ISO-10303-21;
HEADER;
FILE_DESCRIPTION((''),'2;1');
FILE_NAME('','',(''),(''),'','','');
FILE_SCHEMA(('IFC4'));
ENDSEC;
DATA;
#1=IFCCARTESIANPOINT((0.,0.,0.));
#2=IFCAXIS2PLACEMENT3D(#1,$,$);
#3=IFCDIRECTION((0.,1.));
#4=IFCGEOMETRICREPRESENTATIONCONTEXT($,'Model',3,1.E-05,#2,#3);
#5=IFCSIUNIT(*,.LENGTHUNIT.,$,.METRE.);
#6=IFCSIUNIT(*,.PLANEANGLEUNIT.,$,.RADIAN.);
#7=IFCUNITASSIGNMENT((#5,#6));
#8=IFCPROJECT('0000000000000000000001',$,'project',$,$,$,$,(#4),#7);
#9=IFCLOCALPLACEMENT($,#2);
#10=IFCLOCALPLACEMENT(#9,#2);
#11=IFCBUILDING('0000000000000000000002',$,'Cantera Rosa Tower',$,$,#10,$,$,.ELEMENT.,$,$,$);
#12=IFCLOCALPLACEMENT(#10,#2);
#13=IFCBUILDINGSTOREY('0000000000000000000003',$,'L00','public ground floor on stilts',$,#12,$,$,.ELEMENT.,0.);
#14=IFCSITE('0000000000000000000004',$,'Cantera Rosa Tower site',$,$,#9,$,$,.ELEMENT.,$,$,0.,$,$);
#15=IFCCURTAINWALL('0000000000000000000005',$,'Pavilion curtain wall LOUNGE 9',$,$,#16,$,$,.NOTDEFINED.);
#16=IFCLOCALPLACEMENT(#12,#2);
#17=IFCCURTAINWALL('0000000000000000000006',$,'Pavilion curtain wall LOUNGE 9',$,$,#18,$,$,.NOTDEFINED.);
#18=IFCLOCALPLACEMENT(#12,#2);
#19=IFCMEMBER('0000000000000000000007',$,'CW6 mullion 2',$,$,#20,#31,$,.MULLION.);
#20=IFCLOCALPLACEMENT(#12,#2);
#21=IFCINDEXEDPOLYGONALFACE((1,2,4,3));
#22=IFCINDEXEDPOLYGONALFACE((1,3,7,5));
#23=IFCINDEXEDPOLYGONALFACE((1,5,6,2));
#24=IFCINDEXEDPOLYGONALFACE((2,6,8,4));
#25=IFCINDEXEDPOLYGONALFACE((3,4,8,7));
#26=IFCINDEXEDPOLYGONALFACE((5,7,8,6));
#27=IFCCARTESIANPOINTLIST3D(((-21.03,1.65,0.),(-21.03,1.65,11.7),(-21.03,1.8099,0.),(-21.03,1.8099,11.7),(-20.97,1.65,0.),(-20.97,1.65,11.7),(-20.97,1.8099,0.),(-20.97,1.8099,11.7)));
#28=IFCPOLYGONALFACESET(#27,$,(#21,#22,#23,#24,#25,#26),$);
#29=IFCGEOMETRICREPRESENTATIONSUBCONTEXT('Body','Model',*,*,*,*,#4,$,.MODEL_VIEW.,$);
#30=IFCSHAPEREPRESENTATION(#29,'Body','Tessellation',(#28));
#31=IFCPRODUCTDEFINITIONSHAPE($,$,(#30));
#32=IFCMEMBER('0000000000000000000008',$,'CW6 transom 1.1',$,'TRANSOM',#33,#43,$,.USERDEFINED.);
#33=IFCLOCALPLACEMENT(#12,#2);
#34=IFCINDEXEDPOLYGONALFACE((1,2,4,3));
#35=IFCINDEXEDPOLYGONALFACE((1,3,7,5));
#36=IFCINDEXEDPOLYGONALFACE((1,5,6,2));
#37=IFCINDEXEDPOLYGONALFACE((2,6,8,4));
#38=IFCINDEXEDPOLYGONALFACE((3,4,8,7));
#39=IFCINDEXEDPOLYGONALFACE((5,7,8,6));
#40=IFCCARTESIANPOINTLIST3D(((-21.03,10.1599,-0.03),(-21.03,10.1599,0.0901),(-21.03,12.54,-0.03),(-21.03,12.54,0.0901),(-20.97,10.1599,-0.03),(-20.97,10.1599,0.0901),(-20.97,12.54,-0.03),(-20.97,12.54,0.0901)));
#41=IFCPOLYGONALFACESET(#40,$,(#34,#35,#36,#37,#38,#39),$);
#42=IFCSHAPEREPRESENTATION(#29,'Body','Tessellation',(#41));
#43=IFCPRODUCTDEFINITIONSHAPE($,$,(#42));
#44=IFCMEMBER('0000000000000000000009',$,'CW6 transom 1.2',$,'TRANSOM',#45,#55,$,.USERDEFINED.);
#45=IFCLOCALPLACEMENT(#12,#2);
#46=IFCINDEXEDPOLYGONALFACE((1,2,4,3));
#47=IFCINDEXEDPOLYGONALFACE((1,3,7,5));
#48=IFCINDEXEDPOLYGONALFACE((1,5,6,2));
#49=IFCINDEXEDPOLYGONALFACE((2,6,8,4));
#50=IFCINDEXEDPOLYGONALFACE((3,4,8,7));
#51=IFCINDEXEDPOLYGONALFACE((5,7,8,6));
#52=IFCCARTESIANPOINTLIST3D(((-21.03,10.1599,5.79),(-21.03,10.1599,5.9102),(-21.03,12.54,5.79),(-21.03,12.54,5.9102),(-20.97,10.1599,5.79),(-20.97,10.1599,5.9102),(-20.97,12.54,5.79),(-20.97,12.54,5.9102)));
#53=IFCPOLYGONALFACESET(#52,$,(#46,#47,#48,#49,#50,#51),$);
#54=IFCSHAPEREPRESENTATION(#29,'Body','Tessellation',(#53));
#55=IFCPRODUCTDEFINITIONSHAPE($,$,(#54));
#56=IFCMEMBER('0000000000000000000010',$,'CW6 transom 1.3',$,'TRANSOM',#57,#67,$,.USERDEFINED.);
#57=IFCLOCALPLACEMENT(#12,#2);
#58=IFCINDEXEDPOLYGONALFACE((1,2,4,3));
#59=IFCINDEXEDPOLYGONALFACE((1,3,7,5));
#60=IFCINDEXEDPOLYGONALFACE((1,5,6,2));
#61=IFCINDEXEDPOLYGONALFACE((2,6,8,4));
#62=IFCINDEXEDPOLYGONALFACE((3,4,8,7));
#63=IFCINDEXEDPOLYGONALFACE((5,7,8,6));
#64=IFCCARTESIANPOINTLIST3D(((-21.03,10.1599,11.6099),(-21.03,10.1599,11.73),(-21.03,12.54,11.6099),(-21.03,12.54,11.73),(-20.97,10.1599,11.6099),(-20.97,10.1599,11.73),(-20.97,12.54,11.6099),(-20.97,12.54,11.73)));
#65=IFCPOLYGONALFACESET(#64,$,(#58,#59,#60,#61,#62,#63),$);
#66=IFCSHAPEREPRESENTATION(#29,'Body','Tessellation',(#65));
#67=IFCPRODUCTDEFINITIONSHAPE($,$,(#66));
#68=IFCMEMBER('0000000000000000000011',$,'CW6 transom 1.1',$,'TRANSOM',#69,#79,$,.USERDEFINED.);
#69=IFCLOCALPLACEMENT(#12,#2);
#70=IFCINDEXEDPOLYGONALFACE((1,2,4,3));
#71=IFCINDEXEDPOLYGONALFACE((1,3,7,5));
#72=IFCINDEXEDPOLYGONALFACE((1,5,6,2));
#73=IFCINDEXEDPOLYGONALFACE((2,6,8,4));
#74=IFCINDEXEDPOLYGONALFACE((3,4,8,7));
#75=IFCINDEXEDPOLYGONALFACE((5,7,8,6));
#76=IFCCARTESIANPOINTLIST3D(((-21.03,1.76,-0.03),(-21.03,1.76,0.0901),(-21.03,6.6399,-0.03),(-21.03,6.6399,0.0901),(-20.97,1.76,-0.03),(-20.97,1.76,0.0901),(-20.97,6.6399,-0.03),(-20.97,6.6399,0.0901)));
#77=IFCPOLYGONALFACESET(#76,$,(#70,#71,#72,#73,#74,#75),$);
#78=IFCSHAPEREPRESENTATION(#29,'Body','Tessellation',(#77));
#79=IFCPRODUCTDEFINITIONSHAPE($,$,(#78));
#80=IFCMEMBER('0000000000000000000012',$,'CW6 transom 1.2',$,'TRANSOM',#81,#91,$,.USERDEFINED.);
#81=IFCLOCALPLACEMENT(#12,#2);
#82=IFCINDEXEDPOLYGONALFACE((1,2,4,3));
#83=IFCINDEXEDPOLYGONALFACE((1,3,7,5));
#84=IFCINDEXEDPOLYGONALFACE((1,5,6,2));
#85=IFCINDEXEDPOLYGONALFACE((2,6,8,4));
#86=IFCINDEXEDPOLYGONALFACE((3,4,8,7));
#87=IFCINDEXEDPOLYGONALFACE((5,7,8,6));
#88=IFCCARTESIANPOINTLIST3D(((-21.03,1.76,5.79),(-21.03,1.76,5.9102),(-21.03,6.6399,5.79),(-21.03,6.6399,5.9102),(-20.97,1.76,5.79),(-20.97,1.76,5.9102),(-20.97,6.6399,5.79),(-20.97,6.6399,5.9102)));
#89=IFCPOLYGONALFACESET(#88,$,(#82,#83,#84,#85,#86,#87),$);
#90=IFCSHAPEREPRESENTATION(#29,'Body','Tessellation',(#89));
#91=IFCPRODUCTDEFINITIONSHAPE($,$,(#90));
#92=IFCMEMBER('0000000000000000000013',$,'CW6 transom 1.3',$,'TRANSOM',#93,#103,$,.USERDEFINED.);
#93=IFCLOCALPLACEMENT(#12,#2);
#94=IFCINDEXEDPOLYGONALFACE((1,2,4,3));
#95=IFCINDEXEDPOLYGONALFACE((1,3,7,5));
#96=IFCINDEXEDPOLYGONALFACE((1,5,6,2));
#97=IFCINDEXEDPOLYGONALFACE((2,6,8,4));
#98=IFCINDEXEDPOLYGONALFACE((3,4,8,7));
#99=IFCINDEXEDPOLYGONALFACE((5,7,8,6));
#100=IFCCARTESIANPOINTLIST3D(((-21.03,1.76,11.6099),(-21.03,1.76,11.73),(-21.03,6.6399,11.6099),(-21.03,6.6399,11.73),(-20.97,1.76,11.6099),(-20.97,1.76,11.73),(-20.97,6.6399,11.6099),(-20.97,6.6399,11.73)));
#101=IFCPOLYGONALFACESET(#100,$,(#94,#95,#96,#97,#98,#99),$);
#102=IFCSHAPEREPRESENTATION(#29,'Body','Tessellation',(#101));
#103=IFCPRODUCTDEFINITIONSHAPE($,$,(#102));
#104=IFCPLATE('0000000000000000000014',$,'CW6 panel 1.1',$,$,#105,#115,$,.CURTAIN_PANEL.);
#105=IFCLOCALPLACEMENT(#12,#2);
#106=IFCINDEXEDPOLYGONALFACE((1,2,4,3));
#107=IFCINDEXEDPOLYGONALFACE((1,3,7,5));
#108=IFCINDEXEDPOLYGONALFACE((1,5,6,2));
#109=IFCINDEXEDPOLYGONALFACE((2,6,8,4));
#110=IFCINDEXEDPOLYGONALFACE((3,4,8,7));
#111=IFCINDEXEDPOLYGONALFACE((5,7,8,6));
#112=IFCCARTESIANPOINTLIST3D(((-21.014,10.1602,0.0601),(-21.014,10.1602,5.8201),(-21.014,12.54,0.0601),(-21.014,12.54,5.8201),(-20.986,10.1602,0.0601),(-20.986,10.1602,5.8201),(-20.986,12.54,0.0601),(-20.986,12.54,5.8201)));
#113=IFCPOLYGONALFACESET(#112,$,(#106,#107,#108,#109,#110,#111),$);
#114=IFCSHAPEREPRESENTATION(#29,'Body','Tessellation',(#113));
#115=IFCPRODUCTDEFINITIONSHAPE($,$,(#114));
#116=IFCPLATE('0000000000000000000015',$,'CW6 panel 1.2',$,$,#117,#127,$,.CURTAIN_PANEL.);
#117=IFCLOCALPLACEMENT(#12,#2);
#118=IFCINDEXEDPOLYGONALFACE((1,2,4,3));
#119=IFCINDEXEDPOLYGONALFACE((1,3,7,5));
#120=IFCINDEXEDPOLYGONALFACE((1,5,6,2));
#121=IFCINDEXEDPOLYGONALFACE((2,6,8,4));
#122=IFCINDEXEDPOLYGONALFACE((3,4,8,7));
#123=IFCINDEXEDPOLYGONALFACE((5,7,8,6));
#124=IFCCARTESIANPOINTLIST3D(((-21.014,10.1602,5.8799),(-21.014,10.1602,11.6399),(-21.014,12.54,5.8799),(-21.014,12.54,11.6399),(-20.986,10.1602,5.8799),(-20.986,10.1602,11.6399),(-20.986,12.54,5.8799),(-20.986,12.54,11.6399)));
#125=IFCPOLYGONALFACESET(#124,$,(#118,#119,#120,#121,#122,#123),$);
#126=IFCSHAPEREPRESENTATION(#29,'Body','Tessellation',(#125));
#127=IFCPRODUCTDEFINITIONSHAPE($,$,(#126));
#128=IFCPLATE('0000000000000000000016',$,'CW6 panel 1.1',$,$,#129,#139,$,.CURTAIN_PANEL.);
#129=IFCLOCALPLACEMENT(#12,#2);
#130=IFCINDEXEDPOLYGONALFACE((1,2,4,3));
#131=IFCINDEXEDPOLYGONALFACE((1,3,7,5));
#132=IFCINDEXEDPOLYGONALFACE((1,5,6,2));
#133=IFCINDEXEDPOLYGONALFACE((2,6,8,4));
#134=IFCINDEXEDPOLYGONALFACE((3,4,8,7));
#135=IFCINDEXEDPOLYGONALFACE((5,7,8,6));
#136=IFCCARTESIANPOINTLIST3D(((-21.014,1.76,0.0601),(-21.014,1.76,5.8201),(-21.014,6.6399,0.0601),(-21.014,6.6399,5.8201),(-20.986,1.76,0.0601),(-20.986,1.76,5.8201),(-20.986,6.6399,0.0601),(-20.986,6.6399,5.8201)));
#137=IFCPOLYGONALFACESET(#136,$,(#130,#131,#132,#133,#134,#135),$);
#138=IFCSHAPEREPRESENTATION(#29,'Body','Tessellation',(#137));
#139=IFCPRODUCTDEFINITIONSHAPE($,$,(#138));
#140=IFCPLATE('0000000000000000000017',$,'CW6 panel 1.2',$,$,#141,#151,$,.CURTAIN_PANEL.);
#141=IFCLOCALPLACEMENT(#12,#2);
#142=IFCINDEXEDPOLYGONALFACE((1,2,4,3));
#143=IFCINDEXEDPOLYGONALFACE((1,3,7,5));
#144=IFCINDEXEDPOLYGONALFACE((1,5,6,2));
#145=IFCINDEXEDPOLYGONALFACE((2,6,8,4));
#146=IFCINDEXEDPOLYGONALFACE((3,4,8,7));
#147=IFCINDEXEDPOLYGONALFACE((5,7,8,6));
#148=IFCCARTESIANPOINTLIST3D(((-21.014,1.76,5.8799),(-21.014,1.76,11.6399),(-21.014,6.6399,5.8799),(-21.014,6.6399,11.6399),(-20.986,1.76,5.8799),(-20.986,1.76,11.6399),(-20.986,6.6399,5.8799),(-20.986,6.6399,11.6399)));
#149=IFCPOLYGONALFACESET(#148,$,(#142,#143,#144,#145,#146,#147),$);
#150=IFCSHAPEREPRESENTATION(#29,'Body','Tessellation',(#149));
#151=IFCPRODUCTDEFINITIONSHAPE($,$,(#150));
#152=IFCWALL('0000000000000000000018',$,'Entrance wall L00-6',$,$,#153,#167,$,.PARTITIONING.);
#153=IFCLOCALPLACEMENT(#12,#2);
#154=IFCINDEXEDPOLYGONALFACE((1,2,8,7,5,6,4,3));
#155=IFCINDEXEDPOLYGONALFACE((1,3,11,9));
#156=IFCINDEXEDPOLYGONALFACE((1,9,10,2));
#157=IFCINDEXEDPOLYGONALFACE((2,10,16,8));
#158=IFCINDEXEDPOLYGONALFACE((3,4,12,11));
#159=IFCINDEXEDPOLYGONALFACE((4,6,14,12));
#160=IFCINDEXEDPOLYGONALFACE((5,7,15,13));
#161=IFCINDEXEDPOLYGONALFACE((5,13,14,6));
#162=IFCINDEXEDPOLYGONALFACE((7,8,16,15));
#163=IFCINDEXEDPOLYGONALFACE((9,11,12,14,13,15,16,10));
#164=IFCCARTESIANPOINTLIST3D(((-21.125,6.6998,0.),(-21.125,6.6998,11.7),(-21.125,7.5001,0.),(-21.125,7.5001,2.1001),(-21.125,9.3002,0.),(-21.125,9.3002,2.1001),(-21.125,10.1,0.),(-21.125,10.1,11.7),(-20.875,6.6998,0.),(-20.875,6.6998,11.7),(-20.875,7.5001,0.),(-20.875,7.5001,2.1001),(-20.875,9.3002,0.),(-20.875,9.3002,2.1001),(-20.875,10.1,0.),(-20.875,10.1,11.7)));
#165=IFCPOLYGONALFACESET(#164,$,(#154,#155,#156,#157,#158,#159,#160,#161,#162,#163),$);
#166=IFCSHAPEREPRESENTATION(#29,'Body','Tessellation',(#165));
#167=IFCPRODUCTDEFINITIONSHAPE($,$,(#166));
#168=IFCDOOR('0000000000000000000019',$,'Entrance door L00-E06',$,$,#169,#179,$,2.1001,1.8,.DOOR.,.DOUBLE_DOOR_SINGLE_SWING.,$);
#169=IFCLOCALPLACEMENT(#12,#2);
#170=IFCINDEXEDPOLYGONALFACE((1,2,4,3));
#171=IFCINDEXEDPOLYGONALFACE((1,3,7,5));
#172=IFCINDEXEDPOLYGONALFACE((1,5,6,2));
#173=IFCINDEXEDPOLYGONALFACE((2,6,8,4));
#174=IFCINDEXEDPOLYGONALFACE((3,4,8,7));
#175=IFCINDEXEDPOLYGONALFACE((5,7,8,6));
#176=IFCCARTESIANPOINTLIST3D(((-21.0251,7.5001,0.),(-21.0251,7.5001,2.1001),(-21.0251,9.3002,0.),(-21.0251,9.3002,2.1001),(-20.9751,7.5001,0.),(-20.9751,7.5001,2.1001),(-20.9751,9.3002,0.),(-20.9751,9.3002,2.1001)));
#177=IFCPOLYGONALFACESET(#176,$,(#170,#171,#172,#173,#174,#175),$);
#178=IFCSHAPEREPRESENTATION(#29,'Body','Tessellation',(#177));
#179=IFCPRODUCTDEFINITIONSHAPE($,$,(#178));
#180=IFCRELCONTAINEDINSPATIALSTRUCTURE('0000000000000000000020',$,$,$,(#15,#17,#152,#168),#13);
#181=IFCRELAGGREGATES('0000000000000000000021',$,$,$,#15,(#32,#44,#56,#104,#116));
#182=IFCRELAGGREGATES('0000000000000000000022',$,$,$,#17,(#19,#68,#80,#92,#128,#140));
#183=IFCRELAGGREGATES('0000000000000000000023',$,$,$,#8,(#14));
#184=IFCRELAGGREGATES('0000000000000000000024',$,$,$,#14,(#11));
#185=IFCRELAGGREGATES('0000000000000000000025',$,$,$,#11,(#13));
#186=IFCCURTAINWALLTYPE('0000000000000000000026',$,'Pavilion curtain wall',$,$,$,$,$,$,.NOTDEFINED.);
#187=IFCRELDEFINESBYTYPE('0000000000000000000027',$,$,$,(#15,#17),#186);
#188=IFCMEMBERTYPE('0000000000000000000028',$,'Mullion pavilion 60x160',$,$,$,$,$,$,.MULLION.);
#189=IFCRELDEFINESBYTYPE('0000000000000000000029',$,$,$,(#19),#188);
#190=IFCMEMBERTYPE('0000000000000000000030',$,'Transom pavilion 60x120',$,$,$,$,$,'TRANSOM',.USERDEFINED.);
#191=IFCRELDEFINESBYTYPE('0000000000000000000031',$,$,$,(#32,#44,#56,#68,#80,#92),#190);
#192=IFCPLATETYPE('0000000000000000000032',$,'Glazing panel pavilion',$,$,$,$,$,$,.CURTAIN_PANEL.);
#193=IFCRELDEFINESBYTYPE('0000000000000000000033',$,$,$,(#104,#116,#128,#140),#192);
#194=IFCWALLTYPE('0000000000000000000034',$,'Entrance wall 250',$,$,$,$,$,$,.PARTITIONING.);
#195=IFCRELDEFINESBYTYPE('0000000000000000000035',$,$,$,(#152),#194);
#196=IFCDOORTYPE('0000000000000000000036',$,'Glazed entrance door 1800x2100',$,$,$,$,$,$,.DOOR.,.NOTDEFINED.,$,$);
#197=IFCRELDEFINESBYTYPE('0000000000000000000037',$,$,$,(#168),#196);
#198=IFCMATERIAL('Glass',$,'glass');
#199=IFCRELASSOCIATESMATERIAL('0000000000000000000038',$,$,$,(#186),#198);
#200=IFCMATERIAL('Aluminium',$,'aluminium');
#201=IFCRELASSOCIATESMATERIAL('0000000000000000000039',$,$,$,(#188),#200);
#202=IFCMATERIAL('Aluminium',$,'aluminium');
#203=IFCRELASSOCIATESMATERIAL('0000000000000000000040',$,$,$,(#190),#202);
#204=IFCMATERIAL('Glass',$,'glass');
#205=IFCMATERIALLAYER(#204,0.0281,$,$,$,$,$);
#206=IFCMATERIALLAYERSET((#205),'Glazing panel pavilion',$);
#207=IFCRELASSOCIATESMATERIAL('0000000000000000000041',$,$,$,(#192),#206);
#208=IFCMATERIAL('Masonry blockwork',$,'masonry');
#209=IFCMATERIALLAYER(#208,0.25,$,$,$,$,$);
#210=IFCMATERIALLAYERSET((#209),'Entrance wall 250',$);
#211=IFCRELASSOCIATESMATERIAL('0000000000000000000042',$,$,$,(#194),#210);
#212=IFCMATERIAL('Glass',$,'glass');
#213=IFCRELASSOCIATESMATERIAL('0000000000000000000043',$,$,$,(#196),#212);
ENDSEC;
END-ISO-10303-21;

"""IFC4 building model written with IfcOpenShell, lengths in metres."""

from ifc_helpers import new_model, si_unit, direction, frame, frame_2d, origin, origin_2d, place, context, subcontext, project, spatial, rectangle, extrude, material, layer, layer_set, material_profile, profile_set, type_object, element, fill, aggregate, save


model = new_model("IFC4")

# Units and contexts
model_context = context("Model", 3, precision=1e-05, world=origin(), true_north=direction((0.0, 1.0)))
body_context = subcontext(model_context, "Body", "Model", "MODEL_VIEW")
ifc_project = project(units=[si_unit("LENGTHUNIT", "METRE"), si_unit("PLANEANGLEUNIT", "RADIAN")], contexts=[model_context])

# Site, building, storey
site_placement = place(None, origin())
site = spatial("IfcSite", under=ifc_project, at=site_placement, Name="Cantera Rosa Tower site", CompositionType="ELEMENT", RefElevation=0.0)
building_placement = place(site_placement, origin())
building = spatial("IfcBuilding", under=site, at=building_placement, Name="Cantera Rosa Tower", CompositionType="ELEMENT")
storey_placement = place(building_placement, origin())
storey = spatial("IfcBuildingStorey", under=building, at=storey_placement, Name="L00", Description="public ground floor on stilts", CompositionType="ELEMENT", Elevation=0.0)

# Shared definitions
ifc_material_1 = material(Name="Glass", Category="glass")
curtain_wall_type = type_object("IfcCurtainWallType", Name="Pavilion curtain wall", PredefinedType="NOTDEFINED", material=ifc_material_1)
ifc_material_2 = material(Name="Aluminium", Category="aluminium")
ifc_material_profile_1 = material_profile(ifc_material_2, rectangle(XDim=0.0601, YDim=0.1599, at=origin_2d()), Name="Mullion pavilion 60x160")
ifc_profile_set_1 = profile_set([ifc_material_profile_1], Name="Aluminium")
member_type_1 = type_object("IfcMemberType", Name="Mullion pavilion 60x160", PredefinedType="MULLION", material=ifc_profile_set_1)

# Curtain walls, member
curtain_wall_1_placement = place(storey_placement, origin())
curtain_wall_1 = element("IfcCurtainWall", 1, at=curtain_wall_1_placement, inside=storey, type_object=curtain_wall_type, Name="Pavilion curtain wall LOUNGE 9", PredefinedType="NOTDEFINED")
curtain_wall_2_placement = place(storey_placement, origin())
curtain_wall_2 = element("IfcCurtainWall", 2, at=curtain_wall_2_placement, inside=storey, type_object=curtain_wall_type, Name="Pavilion curtain wall LOUNGE 9", PredefinedType="NOTDEFINED")
member_1_placement = place(storey_placement, frame((-21.0, 1.73, 0.0), z_axis=(0.0, 0.0, 1.0), x_axis=(1.0, 0.0, 0.0)))
member_1 = element("IfcMember", 3, at=member_1_placement, type_object=member_type_1, Name="CW6 mullion 2", PredefinedType="MULLION", context=body_context, shape_type="SweptSolid", body=[
    extrude(rectangle(XDim=0.0601, YDim=0.1599, at=origin_2d()), origin(), (0.0, 0.0, 1.0), 11.7),
])

# Members
ifc_material_3 = material(Name="Aluminium", Category="aluminium")
ifc_material_profile_2 = material_profile(ifc_material_3, rectangle(XDim=0.0601, YDim=0.1201, at=origin_2d()), Name="Transom pavilion 60x120")
ifc_profile_set_2 = profile_set([ifc_material_profile_2], Name="Aluminium")
member_type_2 = type_object("IfcMemberType", Name="Transom pavilion 60x120", ElementType="TRANSOM", PredefinedType="USERDEFINED", material=ifc_profile_set_2)
member_2_placement = place(storey_placement, frame((-21.0, 12.54, 0.03), z_axis=(0.0, -1.0, 0.0), x_axis=(1.0, 0.0, 0.0)))
member_2 = element("IfcMember", 4, at=member_2_placement, type_object=member_type_2, Name="CW6 transom 1.1", ObjectType="TRANSOM", PredefinedType="USERDEFINED", context=body_context, shape_type="SweptSolid", body=[
    extrude(rectangle(XDim=0.0601, YDim=0.1201, at=origin_2d()), origin(), (0.0, 0.0, 1.0), 2.3801),
])
member_3_placement = place(storey_placement, frame((-21.0, 12.54, 5.8501), z_axis=(0.0, -1.0, 0.0), x_axis=(1.0, 0.0, 0.0)))
member_3 = element("IfcMember", 5, at=member_3_placement, type_object=member_type_2, Name="CW6 transom 1.2", ObjectType="TRANSOM", PredefinedType="USERDEFINED", context=body_context, shape_type="SweptSolid", body=[
    extrude(rectangle(XDim=0.0601, YDim=0.1201, at=origin_2d()), origin(), (0.0, 0.0, 1.0), 2.3801),
])
member_4_placement = place(storey_placement, frame((-21.0, 12.54, 11.6699), z_axis=(0.0, -1.0, 0.0), x_axis=(1.0, 0.0, 0.0)))
member_4 = element("IfcMember", 6, at=member_4_placement, type_object=member_type_2, Name="CW6 transom 1.3", ObjectType="TRANSOM", PredefinedType="USERDEFINED", context=body_context, shape_type="SweptSolid", body=[
    extrude(rectangle(XDim=0.0601, YDim=0.1201, at=origin_2d()), origin(), (0.0, 0.0, 1.0), 2.3801),
])
member_5_placement = place(storey_placement, frame((-21.0, 6.6399, 0.03), z_axis=(0.0, -1.0, 0.0), x_axis=(1.0, 0.0, 0.0)))
member_5 = element("IfcMember", 7, at=member_5_placement, type_object=member_type_2, Name="CW6 transom 1.1", ObjectType="TRANSOM", PredefinedType="USERDEFINED", context=body_context, shape_type="SweptSolid", body=[
    extrude(rectangle(XDim=0.0601, YDim=0.1201, at=origin_2d()), origin(), (0.0, 0.0, 1.0), 4.8799),
])
member_6_placement = place(storey_placement, frame((-21.0, 6.6399, 5.8501), z_axis=(0.0, -1.0, 0.0), x_axis=(1.0, 0.0, 0.0)))
member_6 = element("IfcMember", 8, at=member_6_placement, type_object=member_type_2, Name="CW6 transom 1.2", ObjectType="TRANSOM", PredefinedType="USERDEFINED", context=body_context, shape_type="SweptSolid", body=[
    extrude(rectangle(XDim=0.0601, YDim=0.1201, at=origin_2d()), origin(), (0.0, 0.0, 1.0), 4.8799),
])
member_7_placement = place(storey_placement, frame((-21.0, 6.6399, 11.6699), z_axis=(0.0, -1.0, 0.0), x_axis=(1.0, 0.0, 0.0)))
member_7 = element("IfcMember", 9, at=member_7_placement, type_object=member_type_2, Name="CW6 transom 1.3", ObjectType="TRANSOM", PredefinedType="USERDEFINED", context=body_context, shape_type="SweptSolid", body=[
    extrude(rectangle(XDim=0.0601, YDim=0.1201, at=origin_2d()), origin(), (0.0, 0.0, 1.0), 4.8799),
])

# Plates
ifc_material_4 = material(Name="Glass", Category="glass")
ifc_layer_1 = layer(ifc_material_4, 0.0281)
ifc_layer_set_1 = layer_set([ifc_layer_1], Name="Glazing panel pavilion")
plate_type = type_object("IfcPlateType", Name="Glazing panel pavilion", PredefinedType="CURTAIN_PANEL", material=ifc_layer_set_1)
plate_1_placement = place(storey_placement, frame((-21.0, 11.3501, 0.0601), z_axis=(0.0, 0.0, 1.0), x_axis=(0.0, -1.0, 0.0)))
plate_1 = element("IfcPlate", 10, at=plate_1_placement, type_object=plate_type, Name="CW6 panel 1.1", PredefinedType="CURTAIN_PANEL", context=body_context, shape_type="SweptSolid", body=[
    extrude(rectangle(XDim=2.3799, YDim=0.0281, at=origin_2d()), origin(), (0.0, 0.0, 1.0), 5.76),
])
plate_2_placement = place(storey_placement, frame((-21.0, 11.3501, 5.8799), z_axis=(0.0, 0.0, 1.0), x_axis=(0.0, -1.0, 0.0)))
plate_2 = element("IfcPlate", 11, at=plate_2_placement, type_object=plate_type, Name="CW6 panel 1.2", PredefinedType="CURTAIN_PANEL", context=body_context, shape_type="SweptSolid", body=[
    extrude(rectangle(XDim=2.3799, YDim=0.0281, at=origin_2d()), origin(), (0.0, 0.0, 1.0), 5.76),
])
aggregate(curtain_wall_1, [member_2, member_3, member_4, plate_1, plate_2])
plate_3_placement = place(storey_placement, frame((-21.0, 4.2, 0.0601), z_axis=(0.0, 0.0, 1.0), x_axis=(0.0, -1.0, 0.0)))
plate_3 = element("IfcPlate", 12, at=plate_3_placement, type_object=plate_type, Name="CW6 panel 1.1", PredefinedType="CURTAIN_PANEL", context=body_context, shape_type="SweptSolid", body=[
    extrude(rectangle(XDim=4.8799, YDim=0.0281, at=origin_2d()), origin(), (0.0, 0.0, 1.0), 5.76),
])
plate_4_placement = place(storey_placement, frame((-21.0, 4.2, 5.8799), z_axis=(0.0, 0.0, 1.0), x_axis=(0.0, -1.0, 0.0)))
plate_4 = element("IfcPlate", 13, at=plate_4_placement, type_object=plate_type, Name="CW6 panel 1.2", PredefinedType="CURTAIN_PANEL", context=body_context, shape_type="SweptSolid", body=[
    extrude(rectangle(XDim=4.8799, YDim=0.0281, at=origin_2d()), origin(), (0.0, 0.0, 1.0), 5.76),
])
aggregate(curtain_wall_2, [member_1, member_5, member_6, member_7, plate_3, plate_4])

# Wall, opening, door
ifc_material_5 = material(Name="Masonry blockwork", Category="masonry")
ifc_layer_2 = layer(ifc_material_5, 0.25)
ifc_layer_set_2 = layer_set([ifc_layer_2], Name="Entrance wall 250")
wall_type_1 = type_object("IfcWallType", Name="Entrance wall 250", PredefinedType="PARTITIONING", material=ifc_layer_set_2)
wall_1_placement = place(storey_placement, frame((-21.0, 10.1001, 0.0), z_axis=(0.0, 0.0, 1.0), x_axis=(0.0, -1.0, 0.0)))
wall_1 = element("IfcWall", 14, at=wall_1_placement, inside=storey, type_object=wall_type_1, Name="Entrance wall L00-6", PredefinedType="PARTITIONING", context=body_context, shape_type="SweptSolid", body=[
    extrude(rectangle(XDim=3.4001, YDim=0.25, at=frame_2d((1.7002, 0.0))), origin(), (0.0, 0.0, 1.0), 11.7),
])
opening_1_placement = place(wall_1_placement, frame((0.8, 0.0, 0.0)))
opening_1 = element("IfcOpeningElement", 15, at=opening_1_placement, cuts=wall_1, PredefinedType="OPENING", context=body_context, shape_type="SweptSolid", body=[
    extrude(rectangle(XDim=1.8, YDim=2.1001, at=frame_2d((0.8999, 1.05))), frame((0.0, 0.135, 0.0), z_axis=(0.0, -1.0, 0.0), x_axis=(1.0, 0.0, 0.0)), (0.0, 0.0, 1.0), 0.27),
])
ifc_material_6 = material(Name="Glass", Category="glass")
door_type = type_object("IfcDoorType", Name="Glazed entrance door 1800x2100", OperationType="NOTDEFINED", PredefinedType="DOOR", material=ifc_material_6)
door_1_placement = place(opening_1_placement, origin())
door_1 = element("IfcDoor", 16, at=door_1_placement, inside=storey, type_object=door_type, Name="Entrance door L00-E06", OperationType="DOUBLE_DOOR_SINGLE_SWING", OverallHeight=2.1001, OverallWidth=1.8, PredefinedType="DOOR", context=body_context, shape_type="SweptSolid", body=[
    extrude(rectangle(XDim=1.8, YDim=2.1001, at=frame_2d((0.8999, 1.05))), frame((0.0, 0.0249, 0.0), z_axis=(0.0, -1.0, 0.0), x_axis=(1.0, 0.0, 0.0)), (0.0, 0.0, 1.0), 0.05),
])
fill(opening_1, door_1)

save(model, "model.ifc")
